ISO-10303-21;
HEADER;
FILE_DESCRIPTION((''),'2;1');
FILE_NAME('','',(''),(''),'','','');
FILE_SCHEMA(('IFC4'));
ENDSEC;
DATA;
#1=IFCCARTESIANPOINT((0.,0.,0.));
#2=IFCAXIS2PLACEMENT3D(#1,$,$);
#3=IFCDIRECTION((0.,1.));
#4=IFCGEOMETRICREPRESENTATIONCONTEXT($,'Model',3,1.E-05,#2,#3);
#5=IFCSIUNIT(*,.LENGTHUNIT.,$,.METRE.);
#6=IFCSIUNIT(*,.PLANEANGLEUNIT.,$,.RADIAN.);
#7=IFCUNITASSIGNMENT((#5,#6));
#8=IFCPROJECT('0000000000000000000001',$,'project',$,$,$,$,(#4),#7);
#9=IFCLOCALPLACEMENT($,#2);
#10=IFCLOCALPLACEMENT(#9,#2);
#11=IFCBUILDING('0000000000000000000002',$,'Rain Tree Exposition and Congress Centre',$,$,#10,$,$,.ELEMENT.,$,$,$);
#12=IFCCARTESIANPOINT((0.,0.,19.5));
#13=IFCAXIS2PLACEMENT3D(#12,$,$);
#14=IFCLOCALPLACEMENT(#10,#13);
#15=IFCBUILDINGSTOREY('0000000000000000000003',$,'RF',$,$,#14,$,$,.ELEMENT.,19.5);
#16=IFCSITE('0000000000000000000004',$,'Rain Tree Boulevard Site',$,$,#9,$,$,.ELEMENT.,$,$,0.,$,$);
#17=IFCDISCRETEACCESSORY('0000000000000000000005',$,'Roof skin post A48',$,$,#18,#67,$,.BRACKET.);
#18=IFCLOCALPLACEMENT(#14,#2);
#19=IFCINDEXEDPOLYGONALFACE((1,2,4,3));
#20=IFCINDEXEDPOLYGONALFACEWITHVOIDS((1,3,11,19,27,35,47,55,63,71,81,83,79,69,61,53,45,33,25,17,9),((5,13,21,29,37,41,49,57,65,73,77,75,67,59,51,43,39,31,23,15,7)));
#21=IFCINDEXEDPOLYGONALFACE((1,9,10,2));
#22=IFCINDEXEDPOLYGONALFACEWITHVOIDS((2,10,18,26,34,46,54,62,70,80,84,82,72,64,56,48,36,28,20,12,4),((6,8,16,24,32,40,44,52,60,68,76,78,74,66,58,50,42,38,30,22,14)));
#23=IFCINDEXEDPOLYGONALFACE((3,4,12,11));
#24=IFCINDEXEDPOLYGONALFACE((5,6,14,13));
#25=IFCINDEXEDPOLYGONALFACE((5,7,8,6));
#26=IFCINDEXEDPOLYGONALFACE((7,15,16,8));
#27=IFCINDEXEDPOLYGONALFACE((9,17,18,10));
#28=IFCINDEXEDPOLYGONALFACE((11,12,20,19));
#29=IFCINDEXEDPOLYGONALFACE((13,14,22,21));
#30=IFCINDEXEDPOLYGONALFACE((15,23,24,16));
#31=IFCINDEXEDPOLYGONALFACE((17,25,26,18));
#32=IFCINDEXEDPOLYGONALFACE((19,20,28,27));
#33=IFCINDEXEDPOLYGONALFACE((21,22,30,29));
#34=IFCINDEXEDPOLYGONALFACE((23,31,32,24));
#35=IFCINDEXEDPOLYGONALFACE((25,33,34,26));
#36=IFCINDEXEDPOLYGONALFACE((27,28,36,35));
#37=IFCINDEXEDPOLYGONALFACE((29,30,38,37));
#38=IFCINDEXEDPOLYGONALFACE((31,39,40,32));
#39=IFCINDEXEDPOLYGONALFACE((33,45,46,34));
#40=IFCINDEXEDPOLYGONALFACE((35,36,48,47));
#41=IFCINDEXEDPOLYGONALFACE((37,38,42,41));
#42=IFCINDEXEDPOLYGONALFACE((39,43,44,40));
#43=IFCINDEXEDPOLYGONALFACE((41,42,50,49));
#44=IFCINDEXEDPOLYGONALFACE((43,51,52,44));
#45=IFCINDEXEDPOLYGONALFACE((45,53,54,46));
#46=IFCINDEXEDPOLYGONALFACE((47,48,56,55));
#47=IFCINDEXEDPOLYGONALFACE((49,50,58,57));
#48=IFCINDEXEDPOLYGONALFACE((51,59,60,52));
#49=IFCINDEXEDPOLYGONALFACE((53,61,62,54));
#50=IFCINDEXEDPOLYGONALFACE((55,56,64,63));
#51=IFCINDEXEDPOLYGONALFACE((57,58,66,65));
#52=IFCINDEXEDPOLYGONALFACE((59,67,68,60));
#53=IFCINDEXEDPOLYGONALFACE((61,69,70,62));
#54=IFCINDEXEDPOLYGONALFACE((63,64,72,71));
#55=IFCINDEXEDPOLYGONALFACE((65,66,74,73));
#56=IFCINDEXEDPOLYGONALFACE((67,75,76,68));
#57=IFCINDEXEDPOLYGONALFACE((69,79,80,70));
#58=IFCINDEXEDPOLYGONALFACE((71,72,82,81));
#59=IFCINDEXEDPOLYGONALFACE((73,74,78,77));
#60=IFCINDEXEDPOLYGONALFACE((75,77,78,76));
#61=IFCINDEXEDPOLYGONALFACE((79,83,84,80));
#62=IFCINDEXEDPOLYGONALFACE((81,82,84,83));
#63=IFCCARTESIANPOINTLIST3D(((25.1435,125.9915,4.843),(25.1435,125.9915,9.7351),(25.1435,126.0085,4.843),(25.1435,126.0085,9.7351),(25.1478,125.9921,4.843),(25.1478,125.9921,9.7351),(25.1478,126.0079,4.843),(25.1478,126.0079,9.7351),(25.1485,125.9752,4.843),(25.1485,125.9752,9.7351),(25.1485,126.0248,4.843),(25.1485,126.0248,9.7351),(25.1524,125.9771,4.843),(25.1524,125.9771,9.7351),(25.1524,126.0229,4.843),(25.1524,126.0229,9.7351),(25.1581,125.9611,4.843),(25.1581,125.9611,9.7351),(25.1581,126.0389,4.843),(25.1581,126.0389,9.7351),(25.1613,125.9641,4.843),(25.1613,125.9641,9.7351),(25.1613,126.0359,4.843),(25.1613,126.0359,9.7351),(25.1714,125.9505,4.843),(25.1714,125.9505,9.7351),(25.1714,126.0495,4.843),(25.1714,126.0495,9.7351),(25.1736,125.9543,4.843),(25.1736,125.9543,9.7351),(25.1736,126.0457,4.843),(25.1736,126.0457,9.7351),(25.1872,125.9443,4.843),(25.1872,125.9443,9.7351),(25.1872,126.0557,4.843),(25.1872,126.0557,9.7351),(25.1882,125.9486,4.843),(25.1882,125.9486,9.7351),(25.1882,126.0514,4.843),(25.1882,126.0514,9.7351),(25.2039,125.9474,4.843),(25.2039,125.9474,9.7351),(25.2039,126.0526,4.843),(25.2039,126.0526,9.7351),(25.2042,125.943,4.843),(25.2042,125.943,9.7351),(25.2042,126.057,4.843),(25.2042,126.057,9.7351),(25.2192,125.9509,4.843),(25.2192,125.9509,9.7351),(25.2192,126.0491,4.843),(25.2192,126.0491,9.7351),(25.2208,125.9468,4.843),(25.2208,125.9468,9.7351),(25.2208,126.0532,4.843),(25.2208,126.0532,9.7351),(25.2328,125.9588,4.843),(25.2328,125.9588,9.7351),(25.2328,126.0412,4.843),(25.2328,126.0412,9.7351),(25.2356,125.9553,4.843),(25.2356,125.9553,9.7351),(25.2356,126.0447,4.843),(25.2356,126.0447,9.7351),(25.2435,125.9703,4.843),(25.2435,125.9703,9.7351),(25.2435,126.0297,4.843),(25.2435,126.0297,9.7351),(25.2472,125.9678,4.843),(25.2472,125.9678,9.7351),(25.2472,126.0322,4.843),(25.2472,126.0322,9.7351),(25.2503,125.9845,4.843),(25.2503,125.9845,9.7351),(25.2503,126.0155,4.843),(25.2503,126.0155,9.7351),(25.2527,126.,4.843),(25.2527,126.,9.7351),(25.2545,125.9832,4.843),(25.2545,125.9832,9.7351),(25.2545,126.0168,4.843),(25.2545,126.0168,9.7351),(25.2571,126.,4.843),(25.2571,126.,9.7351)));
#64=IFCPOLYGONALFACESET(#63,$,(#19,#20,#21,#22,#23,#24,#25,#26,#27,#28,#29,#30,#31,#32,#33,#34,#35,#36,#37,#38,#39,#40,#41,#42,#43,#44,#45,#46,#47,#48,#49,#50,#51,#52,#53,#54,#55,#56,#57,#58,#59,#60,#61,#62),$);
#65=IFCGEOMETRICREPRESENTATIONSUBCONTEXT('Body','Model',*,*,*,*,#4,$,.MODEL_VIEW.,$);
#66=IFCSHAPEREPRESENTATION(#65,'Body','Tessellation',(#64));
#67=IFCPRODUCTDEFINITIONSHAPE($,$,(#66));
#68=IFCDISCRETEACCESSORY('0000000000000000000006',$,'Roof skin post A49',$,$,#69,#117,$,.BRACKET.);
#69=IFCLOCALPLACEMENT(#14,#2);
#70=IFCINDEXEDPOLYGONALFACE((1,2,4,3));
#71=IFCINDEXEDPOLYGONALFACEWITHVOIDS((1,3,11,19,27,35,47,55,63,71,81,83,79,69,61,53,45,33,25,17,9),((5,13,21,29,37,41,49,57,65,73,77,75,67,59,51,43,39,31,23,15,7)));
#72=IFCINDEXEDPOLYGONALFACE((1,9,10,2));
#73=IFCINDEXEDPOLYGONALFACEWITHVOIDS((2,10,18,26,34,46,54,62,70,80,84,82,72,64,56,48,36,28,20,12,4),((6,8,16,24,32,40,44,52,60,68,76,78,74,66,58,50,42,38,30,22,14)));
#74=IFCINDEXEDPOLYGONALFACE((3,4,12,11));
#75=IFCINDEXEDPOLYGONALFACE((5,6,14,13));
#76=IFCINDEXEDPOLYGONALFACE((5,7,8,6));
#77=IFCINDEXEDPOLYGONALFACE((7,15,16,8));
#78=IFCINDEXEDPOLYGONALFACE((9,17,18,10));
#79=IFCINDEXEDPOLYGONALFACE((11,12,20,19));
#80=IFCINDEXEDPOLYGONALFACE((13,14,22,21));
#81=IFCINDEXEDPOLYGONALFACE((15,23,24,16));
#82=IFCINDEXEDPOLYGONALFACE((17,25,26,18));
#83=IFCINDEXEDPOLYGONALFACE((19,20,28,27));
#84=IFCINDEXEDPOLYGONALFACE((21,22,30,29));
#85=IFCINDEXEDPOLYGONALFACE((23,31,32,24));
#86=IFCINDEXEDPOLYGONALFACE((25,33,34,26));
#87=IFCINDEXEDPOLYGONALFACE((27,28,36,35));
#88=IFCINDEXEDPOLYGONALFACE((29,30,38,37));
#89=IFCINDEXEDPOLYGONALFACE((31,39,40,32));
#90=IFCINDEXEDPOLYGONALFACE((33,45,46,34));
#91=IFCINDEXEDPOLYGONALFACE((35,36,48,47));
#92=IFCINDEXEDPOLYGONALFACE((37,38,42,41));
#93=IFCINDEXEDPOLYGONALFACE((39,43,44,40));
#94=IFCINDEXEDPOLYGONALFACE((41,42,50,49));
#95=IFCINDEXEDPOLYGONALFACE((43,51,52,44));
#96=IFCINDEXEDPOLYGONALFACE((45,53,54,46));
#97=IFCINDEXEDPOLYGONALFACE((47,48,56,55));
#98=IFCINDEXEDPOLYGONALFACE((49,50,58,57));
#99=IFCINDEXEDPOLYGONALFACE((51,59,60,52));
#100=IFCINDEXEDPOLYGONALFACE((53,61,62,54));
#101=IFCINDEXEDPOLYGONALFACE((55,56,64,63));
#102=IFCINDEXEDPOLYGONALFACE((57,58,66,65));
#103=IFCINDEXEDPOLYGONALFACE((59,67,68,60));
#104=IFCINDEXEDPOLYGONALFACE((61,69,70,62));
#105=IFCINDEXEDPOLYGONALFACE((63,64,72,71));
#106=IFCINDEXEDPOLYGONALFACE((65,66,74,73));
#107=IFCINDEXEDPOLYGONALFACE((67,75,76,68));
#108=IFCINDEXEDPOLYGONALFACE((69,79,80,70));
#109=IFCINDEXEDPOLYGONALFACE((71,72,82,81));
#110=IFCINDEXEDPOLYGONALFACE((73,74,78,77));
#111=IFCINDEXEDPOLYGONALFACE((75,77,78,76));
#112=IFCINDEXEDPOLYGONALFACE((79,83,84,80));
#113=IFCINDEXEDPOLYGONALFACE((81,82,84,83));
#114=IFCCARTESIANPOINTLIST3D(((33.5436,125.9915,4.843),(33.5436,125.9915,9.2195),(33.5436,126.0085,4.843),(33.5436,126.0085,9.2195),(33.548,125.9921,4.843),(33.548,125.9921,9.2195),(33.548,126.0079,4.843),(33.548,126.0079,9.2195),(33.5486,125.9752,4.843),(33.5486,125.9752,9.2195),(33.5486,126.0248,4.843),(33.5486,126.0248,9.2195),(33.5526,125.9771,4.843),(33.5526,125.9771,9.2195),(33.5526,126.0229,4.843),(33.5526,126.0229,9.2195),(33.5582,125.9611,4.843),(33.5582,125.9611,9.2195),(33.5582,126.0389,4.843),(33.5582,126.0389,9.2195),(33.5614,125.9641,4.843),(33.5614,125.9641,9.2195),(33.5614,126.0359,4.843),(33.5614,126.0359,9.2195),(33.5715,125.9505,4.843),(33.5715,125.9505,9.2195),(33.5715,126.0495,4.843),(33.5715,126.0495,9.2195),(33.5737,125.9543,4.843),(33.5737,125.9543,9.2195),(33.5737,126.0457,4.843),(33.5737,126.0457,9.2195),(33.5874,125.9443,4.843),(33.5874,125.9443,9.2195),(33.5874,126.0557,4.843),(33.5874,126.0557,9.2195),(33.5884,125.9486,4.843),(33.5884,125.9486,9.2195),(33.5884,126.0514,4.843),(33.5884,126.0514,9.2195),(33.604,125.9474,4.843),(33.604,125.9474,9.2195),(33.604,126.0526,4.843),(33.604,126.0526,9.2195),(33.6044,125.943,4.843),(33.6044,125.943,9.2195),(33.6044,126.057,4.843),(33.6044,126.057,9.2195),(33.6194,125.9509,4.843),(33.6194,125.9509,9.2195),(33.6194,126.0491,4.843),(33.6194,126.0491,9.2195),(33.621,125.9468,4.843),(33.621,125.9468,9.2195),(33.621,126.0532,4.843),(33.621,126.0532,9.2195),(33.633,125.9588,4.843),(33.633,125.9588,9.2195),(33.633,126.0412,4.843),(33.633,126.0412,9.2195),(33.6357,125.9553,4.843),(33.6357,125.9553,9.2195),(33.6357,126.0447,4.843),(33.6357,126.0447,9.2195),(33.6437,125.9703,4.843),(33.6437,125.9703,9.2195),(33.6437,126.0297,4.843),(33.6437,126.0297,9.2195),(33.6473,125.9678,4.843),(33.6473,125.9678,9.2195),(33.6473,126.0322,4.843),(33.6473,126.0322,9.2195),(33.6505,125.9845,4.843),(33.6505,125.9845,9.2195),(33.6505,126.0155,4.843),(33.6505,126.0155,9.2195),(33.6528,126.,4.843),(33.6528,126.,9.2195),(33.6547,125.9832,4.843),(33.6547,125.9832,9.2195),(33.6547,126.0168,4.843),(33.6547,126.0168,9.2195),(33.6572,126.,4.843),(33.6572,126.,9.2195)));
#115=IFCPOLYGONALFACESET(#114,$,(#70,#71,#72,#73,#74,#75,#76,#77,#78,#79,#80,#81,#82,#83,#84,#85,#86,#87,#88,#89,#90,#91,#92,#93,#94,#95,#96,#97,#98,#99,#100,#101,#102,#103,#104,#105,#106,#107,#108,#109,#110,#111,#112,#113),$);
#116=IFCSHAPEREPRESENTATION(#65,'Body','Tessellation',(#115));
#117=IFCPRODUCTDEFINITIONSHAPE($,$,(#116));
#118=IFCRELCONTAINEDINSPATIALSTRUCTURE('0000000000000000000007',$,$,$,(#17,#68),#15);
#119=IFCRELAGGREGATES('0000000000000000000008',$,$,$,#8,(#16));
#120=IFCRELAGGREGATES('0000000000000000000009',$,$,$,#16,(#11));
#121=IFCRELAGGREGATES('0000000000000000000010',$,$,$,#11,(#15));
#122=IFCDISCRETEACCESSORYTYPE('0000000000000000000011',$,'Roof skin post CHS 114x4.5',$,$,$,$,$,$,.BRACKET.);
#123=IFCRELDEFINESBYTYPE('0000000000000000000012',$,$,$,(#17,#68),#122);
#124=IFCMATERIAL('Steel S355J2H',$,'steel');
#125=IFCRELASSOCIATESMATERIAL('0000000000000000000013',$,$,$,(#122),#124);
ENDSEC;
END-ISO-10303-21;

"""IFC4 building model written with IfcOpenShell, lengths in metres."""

from ifc_helpers import new_model, si_unit, direction, frame, origin, origin_2d, place, context, subcontext, project, spatial, hollow_circle, extrude, material, material_profile, profile_set, type_object, element, save


model = new_model("IFC4")

# Units and contexts
model_context = context("Model", 3, precision=1e-05, world=origin(), true_north=direction((0.0, 1.0)))
body_context = subcontext(model_context, "Body", "Model", "MODEL_VIEW")
ifc_project = project(units=[si_unit("LENGTHUNIT", "METRE"), si_unit("PLANEANGLEUNIT", "RADIAN")], contexts=[model_context])

# Site, building, storey
site_placement = place(None, origin())
site = spatial("IfcSite", under=ifc_project, at=site_placement, Name="Rain Tree Boulevard Site", CompositionType="ELEMENT", RefElevation=0.0)
building_placement = place(site_placement, origin())
building = spatial("IfcBuilding", under=site, at=building_placement, Name="Rain Tree Exposition and Congress Centre", CompositionType="ELEMENT")
storey_placement = place(building_placement, frame((0.0, 0.0, 19.5)))
storey = spatial("IfcBuildingStorey", under=building, at=storey_placement, Name="RF", CompositionType="ELEMENT", Elevation=19.5)

# Discrete accessories
ifc_material_1 = material(Name="Steel S355J2H", Category="steel")
ifc_material_profile_1 = material_profile(ifc_material_1, hollow_circle(Radius=0.0571, WallThickness=0.0044, at=origin_2d()), Name="CHS 114x4.5")
ifc_profile_set_1 = profile_set([ifc_material_profile_1], Name="Steel S355J2H")
discrete_accessory_type = type_object("IfcDiscreteAccessoryType", Name="Roof skin post CHS 114x4.5", PredefinedType="BRACKET", material=ifc_profile_set_1)
discrete_accessory_1_placement = place(storey_placement, frame((25.2, 126.0, 4.843), z_axis=(0.0, 0.0, 1.0), x_axis=(1.0, 0.0, 0.0)))
element("IfcDiscreteAccessory", 1, at=discrete_accessory_1_placement, inside=storey, type_object=discrete_accessory_type, Name="Roof skin post A48", PredefinedType="BRACKET", context=body_context, shape_type="SweptSolid", body=[
    extrude(hollow_circle(Radius=0.0571, WallThickness=0.0044, at=origin_2d()), origin(), (0.0, 0.0, 1.0), 4.8921),
])
discrete_accessory_2_placement = place(storey_placement, frame((33.6001, 126.0, 4.843), z_axis=(0.0, 0.0, 1.0), x_axis=(1.0, 0.0, 0.0)))
element("IfcDiscreteAccessory", 2, at=discrete_accessory_2_placement, inside=storey, type_object=discrete_accessory_type, Name="Roof skin post A49", PredefinedType="BRACKET", context=body_context, shape_type="SweptSolid", body=[
    extrude(hollow_circle(Radius=0.0571, WallThickness=0.0044, at=origin_2d()), origin(), (0.0, 0.0, 1.0), 4.3765),
])

save(model, "model.ifc")
